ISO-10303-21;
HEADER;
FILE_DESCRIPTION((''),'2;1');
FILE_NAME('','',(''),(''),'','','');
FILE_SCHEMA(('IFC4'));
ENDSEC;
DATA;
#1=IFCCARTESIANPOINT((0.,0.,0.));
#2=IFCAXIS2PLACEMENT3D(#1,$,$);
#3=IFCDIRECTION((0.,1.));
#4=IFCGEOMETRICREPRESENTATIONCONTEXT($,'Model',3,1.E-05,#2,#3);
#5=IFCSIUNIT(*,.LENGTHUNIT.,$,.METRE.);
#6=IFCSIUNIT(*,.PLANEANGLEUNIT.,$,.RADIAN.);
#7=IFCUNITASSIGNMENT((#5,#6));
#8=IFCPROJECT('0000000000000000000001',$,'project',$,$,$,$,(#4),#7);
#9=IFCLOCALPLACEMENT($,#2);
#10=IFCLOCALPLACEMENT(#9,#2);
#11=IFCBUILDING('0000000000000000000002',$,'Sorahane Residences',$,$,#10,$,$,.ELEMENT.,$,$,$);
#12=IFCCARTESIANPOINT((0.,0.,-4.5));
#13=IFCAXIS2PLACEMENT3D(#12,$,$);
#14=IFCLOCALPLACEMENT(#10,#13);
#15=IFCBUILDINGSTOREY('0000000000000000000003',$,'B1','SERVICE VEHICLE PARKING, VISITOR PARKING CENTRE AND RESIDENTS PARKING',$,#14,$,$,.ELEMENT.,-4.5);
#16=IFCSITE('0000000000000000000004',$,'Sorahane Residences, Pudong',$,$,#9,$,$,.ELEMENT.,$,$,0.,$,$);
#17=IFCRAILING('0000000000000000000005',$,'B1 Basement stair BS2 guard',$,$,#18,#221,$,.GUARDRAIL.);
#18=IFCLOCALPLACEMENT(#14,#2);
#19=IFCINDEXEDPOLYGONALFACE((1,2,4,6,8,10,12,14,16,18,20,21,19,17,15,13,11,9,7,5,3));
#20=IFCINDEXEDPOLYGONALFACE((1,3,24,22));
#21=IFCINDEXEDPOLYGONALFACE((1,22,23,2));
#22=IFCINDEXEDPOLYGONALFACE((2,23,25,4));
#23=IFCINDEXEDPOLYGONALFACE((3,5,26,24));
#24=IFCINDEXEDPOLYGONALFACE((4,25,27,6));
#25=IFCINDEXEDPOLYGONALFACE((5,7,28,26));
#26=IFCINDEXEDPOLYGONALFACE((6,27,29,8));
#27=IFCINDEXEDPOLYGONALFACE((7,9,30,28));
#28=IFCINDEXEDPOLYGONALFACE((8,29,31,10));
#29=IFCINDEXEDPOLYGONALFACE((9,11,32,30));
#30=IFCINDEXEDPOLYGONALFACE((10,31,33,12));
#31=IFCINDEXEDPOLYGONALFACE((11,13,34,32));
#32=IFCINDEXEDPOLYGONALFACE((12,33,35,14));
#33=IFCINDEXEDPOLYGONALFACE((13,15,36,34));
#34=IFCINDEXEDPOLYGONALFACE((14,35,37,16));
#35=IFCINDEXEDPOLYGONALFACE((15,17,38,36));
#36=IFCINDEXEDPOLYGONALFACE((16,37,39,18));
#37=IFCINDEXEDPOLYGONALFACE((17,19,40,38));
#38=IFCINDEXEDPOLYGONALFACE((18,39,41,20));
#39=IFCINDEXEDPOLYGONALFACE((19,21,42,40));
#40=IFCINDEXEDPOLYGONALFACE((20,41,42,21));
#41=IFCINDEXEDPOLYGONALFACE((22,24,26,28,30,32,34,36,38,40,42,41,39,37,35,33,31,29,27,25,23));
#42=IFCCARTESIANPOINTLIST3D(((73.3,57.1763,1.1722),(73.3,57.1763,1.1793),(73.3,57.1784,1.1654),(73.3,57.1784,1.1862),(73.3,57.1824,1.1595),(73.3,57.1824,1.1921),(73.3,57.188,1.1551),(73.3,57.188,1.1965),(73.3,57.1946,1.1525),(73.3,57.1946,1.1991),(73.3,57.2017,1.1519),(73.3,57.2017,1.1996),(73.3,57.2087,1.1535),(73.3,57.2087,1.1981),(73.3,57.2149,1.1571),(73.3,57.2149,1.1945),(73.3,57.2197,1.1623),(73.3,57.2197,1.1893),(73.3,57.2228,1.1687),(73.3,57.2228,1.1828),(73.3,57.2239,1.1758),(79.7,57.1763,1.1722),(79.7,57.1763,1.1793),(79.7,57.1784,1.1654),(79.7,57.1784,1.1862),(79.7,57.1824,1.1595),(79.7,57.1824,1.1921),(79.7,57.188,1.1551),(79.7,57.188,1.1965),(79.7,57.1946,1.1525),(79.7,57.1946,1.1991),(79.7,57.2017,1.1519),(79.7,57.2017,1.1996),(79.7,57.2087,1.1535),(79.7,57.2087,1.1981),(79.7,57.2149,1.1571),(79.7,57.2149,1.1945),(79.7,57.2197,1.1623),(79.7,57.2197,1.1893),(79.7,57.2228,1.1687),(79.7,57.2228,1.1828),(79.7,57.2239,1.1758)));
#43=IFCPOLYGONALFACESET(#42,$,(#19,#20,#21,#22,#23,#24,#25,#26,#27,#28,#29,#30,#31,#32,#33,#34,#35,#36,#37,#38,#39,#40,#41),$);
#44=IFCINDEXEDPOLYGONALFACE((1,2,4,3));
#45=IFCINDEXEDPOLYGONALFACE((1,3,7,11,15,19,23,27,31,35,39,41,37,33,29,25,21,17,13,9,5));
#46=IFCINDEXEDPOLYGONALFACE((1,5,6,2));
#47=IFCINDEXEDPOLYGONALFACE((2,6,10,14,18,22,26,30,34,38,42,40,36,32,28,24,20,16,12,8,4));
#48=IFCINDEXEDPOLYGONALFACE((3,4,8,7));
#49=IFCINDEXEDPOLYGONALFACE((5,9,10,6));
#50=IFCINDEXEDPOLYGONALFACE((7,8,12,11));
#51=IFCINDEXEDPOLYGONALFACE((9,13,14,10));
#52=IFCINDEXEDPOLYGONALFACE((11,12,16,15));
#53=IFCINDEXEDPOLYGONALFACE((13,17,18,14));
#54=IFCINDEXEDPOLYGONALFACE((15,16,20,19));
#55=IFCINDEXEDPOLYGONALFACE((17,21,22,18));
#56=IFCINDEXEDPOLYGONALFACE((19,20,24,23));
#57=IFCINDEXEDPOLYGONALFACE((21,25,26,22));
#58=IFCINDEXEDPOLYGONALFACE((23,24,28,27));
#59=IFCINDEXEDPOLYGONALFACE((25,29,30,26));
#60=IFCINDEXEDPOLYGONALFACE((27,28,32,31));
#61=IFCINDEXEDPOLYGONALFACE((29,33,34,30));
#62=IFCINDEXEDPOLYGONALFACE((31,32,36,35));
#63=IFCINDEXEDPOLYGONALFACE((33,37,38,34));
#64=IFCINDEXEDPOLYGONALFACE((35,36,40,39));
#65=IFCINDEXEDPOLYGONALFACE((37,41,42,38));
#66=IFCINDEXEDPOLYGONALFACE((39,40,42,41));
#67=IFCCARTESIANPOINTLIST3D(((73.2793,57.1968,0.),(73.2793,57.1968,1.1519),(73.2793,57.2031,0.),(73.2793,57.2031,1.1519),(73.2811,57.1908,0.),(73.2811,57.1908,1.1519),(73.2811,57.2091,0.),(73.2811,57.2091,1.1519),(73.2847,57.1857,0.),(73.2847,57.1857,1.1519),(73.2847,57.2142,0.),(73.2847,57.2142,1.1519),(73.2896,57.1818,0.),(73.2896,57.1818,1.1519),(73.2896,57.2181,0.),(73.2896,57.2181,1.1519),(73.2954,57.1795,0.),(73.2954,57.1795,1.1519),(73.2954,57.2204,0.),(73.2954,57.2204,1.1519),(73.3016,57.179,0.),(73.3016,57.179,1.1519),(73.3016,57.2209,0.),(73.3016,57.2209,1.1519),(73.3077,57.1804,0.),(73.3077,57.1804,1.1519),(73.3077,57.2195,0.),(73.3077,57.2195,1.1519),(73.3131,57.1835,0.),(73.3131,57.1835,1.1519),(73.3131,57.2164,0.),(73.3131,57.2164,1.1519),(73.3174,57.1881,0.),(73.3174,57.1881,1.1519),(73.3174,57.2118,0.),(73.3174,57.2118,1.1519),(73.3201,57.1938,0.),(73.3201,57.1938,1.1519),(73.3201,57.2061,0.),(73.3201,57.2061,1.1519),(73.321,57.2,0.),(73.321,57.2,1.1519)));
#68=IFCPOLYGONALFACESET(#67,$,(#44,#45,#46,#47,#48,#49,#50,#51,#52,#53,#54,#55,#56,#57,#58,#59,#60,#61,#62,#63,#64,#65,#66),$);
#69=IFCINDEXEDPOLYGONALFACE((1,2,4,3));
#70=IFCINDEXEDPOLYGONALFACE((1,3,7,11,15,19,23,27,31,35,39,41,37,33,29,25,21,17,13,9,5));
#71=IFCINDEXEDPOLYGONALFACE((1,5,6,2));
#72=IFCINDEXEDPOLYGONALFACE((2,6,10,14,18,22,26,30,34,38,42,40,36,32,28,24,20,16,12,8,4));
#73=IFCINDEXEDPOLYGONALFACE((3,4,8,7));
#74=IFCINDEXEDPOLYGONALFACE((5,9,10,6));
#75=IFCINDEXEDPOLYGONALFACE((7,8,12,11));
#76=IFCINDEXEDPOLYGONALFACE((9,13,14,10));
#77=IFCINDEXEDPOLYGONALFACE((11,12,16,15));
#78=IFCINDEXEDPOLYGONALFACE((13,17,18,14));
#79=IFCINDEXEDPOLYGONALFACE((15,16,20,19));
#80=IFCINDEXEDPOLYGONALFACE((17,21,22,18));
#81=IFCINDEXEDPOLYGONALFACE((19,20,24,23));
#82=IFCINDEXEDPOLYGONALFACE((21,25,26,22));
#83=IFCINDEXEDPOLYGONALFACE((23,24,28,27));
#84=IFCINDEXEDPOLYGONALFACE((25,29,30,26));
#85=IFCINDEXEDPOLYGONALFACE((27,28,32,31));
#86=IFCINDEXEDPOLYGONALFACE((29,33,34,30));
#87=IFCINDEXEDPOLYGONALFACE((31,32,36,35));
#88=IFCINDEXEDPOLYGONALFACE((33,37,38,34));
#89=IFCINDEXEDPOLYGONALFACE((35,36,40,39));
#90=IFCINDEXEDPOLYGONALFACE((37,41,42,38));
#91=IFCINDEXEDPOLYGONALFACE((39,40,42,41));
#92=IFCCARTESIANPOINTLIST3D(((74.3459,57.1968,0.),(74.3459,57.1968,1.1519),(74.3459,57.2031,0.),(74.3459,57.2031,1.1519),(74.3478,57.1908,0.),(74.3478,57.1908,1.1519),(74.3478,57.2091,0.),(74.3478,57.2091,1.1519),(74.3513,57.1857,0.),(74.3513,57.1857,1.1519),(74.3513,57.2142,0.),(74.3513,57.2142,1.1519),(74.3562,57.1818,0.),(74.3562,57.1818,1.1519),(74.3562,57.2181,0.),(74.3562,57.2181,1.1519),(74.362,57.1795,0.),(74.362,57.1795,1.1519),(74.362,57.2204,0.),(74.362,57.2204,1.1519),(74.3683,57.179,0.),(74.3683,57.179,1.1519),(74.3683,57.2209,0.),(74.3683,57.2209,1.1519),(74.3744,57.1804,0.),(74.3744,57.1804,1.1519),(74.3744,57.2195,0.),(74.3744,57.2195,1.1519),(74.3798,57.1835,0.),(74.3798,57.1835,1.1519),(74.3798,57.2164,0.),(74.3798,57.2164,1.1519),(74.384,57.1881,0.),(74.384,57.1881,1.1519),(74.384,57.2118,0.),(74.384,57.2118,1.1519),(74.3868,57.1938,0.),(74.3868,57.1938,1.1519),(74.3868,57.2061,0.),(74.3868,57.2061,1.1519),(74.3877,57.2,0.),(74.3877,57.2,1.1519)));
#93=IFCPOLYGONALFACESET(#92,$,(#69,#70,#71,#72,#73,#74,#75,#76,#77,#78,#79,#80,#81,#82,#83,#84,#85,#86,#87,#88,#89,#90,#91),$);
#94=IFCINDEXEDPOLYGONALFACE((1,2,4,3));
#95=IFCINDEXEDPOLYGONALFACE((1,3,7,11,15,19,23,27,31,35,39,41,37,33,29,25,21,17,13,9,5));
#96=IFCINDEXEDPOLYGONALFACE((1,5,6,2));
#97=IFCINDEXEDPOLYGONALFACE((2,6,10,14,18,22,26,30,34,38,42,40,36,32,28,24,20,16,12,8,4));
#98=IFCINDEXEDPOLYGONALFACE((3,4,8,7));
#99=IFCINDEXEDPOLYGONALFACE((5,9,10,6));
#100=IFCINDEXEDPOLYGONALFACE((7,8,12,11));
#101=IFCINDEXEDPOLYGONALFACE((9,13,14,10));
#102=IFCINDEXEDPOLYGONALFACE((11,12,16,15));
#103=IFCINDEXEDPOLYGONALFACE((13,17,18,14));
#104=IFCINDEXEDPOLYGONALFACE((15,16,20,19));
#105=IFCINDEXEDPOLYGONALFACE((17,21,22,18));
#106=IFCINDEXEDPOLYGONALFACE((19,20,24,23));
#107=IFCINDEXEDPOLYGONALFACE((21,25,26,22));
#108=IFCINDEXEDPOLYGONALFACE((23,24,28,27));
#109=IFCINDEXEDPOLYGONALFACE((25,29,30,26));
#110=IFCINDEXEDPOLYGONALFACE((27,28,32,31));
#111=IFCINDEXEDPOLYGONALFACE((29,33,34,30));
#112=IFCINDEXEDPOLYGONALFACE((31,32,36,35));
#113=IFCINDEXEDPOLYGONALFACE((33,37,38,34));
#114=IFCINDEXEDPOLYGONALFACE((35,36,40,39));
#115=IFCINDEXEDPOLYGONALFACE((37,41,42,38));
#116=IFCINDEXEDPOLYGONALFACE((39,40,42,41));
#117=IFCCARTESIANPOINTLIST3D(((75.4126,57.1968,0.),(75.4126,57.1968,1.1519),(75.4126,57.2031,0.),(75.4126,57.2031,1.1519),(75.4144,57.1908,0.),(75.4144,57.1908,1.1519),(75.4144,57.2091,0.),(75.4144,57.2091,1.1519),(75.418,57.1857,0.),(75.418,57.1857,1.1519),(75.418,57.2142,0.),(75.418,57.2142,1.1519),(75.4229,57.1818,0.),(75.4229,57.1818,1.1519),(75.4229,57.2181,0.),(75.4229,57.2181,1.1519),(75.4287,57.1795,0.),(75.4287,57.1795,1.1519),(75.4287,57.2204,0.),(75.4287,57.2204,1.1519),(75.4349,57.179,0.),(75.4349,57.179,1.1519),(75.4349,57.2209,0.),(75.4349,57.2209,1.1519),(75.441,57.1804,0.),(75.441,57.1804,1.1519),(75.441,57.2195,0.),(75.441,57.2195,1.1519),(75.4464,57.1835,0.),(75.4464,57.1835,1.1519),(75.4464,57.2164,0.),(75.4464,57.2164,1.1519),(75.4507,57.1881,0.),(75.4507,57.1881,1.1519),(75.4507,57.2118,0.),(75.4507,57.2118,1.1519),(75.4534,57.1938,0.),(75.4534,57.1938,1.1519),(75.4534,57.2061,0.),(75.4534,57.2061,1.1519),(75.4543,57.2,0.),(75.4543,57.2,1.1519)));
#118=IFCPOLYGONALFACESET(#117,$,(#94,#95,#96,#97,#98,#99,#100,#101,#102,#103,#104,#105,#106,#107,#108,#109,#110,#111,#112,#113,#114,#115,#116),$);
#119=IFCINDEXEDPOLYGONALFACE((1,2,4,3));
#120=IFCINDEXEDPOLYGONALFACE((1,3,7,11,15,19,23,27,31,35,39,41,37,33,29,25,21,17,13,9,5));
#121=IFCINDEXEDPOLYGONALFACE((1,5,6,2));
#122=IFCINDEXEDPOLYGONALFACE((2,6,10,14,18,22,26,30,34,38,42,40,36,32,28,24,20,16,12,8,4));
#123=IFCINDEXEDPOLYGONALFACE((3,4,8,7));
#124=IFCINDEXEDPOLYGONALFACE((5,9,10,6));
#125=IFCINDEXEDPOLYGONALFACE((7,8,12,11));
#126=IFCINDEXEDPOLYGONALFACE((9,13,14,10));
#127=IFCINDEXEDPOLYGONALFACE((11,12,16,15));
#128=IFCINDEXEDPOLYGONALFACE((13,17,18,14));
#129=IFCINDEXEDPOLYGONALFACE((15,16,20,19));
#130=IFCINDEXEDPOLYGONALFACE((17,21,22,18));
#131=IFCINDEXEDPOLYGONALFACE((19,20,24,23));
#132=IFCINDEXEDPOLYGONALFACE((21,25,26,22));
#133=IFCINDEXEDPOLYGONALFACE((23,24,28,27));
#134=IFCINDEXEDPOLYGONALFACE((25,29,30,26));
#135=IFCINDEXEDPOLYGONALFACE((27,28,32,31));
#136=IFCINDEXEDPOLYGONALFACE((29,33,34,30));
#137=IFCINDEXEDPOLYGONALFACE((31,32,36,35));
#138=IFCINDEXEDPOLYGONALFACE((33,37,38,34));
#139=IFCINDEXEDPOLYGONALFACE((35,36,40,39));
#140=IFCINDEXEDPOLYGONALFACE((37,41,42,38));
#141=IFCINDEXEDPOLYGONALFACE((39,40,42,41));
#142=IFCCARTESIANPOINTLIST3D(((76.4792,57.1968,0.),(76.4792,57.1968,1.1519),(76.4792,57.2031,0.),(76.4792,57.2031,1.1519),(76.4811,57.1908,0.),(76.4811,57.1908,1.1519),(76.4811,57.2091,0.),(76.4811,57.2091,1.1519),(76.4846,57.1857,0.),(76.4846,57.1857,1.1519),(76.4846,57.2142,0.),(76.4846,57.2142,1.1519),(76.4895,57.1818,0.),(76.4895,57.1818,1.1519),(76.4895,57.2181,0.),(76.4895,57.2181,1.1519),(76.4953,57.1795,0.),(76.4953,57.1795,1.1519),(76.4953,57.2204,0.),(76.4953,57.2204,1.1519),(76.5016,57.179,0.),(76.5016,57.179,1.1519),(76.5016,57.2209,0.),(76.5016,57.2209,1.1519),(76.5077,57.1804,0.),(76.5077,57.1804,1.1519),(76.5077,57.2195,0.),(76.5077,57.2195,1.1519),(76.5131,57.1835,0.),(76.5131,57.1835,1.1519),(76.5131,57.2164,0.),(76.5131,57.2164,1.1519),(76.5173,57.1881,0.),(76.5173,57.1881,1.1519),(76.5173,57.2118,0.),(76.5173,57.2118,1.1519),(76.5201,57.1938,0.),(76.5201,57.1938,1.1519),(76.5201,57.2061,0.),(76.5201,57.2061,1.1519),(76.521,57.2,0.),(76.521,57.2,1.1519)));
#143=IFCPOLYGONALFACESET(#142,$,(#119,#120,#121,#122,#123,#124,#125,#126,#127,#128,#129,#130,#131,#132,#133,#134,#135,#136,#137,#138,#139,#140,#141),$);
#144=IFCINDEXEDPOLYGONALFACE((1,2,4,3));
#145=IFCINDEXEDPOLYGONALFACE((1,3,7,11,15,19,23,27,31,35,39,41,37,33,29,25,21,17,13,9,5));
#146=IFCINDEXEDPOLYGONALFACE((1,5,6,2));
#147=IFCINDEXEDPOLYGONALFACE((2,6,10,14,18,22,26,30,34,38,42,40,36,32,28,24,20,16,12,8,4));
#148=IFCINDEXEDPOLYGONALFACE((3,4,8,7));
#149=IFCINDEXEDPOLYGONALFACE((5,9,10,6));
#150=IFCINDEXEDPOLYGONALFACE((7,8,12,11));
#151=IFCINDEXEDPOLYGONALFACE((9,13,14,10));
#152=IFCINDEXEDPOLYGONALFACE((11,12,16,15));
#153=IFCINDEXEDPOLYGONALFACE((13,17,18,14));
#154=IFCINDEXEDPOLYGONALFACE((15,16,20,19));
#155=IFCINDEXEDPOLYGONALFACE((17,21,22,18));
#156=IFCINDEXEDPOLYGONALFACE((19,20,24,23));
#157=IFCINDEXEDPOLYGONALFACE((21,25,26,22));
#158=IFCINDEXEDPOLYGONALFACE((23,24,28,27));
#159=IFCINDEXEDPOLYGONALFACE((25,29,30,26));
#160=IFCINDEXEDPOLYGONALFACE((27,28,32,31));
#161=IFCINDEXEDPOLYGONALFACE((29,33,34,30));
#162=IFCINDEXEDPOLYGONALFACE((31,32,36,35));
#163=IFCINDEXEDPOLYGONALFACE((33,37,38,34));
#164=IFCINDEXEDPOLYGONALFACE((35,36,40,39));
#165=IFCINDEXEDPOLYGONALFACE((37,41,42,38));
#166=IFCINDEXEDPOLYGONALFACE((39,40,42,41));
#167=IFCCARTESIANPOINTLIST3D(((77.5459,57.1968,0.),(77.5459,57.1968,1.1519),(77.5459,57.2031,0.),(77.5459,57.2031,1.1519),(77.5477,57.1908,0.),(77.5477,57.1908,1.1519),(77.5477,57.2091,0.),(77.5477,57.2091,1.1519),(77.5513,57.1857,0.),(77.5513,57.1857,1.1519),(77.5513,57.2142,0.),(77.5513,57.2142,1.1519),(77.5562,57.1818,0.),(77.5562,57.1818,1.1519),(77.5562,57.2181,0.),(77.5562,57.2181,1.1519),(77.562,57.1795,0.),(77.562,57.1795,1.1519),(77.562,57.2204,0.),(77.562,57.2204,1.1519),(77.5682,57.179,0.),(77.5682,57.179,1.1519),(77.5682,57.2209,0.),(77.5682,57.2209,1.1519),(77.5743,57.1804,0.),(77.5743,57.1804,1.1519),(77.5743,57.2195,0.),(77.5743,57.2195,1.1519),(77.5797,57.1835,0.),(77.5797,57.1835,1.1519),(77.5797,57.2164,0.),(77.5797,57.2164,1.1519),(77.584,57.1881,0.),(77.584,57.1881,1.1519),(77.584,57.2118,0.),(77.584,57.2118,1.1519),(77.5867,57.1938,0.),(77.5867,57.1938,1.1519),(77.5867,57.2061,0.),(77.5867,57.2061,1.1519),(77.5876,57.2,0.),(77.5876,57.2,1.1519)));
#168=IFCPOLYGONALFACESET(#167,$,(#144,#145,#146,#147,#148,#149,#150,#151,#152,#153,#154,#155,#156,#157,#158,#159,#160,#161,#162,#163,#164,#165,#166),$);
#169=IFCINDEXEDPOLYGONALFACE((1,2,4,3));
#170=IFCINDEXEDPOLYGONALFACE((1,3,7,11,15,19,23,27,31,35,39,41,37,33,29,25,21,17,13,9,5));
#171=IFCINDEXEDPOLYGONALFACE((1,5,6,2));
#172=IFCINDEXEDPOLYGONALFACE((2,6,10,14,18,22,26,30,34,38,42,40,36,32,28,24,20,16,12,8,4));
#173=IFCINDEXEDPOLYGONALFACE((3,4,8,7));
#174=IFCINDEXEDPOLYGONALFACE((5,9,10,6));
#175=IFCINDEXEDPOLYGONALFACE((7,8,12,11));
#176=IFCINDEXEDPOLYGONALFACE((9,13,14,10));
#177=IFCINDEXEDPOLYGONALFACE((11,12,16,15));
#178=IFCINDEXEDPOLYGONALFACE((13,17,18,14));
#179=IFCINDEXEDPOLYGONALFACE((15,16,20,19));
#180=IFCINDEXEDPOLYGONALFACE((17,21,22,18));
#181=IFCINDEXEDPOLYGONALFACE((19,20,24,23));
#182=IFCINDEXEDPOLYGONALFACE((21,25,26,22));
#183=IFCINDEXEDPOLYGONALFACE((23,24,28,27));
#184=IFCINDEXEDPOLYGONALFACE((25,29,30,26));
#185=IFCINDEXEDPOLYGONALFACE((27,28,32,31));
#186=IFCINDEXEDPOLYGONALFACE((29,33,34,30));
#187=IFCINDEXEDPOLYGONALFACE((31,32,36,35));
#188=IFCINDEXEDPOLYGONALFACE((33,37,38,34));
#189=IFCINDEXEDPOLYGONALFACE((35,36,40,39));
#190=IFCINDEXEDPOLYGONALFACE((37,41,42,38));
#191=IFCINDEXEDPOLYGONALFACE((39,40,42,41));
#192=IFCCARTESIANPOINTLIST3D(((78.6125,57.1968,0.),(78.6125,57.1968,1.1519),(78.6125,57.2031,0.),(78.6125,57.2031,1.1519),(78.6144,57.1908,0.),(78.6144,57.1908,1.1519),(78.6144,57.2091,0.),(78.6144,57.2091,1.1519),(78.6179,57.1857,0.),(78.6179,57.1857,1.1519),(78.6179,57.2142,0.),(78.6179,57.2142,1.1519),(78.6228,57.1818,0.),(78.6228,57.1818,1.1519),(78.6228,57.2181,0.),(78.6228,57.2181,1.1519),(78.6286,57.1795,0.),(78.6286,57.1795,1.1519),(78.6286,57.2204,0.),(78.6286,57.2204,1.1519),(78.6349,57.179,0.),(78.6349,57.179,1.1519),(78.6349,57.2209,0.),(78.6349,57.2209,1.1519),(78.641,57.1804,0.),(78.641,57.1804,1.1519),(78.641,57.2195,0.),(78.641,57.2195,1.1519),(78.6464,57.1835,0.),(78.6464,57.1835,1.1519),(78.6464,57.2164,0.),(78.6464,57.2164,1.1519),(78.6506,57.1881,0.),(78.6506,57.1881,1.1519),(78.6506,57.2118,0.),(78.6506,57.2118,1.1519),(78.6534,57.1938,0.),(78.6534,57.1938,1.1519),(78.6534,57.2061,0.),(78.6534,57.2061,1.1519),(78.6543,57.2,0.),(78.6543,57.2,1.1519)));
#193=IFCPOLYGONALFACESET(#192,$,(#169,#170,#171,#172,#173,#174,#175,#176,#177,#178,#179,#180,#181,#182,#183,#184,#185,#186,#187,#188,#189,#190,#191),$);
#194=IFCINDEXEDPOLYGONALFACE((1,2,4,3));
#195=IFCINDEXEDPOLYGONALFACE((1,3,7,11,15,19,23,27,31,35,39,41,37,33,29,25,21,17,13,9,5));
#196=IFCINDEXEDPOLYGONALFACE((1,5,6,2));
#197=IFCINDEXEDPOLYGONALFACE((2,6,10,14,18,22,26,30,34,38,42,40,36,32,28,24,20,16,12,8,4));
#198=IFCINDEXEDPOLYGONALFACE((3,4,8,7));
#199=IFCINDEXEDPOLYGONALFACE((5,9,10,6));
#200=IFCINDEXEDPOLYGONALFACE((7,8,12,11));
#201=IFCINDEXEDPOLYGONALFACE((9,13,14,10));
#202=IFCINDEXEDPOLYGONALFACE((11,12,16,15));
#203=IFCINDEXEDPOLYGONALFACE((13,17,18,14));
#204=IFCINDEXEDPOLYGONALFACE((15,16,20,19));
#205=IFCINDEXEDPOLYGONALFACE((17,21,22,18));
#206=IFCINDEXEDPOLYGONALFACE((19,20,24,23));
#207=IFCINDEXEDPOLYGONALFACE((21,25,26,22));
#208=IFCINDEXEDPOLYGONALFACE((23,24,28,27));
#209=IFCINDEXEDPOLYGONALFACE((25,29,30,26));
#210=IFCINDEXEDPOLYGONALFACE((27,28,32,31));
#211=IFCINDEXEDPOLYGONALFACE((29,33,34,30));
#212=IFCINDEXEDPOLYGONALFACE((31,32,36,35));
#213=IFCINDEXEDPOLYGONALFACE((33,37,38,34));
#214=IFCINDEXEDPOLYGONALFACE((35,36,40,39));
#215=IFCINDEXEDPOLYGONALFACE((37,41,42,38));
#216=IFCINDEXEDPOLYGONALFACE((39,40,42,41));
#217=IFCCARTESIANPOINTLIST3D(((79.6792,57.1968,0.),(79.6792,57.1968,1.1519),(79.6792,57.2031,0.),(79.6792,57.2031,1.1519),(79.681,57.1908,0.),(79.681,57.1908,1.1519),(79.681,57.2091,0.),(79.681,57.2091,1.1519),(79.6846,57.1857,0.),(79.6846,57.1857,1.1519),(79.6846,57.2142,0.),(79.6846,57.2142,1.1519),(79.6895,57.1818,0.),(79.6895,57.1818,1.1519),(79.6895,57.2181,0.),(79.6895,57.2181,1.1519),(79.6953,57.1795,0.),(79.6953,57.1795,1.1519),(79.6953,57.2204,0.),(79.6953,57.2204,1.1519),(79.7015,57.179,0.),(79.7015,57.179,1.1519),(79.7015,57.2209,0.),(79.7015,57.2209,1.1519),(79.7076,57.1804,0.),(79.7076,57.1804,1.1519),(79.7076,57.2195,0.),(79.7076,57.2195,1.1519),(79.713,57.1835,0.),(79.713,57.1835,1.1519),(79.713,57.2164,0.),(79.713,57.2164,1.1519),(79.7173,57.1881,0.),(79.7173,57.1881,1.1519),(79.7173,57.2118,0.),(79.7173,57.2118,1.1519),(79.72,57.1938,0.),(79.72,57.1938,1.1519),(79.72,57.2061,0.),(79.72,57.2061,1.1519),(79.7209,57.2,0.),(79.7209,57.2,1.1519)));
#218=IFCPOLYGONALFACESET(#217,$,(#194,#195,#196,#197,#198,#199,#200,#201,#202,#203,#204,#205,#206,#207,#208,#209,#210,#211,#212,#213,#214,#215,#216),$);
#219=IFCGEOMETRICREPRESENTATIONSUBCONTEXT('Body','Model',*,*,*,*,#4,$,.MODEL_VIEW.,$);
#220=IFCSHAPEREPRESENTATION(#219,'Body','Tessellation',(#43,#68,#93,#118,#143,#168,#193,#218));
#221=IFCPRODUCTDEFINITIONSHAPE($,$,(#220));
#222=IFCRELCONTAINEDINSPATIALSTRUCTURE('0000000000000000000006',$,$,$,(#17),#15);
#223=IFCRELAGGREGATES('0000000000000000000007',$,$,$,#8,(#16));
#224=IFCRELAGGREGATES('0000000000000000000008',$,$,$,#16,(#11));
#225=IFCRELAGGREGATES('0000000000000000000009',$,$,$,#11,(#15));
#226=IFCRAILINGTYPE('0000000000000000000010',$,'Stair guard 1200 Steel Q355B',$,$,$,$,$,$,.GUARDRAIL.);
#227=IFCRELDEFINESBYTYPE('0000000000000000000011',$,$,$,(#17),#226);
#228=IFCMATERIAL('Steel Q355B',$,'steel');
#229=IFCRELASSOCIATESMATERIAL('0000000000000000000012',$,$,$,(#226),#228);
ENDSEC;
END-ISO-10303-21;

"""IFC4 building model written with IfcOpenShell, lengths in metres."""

from ifc_helpers import new_model, si_unit, direction, frame, origin, origin_2d, place, context, subcontext, project, spatial, circle, extrude, material, type_object, element, save


model = new_model("IFC4")

# Units and contexts
model_context = context("Model", 3, precision=1e-05, world=origin(), true_north=direction((0.0, 1.0)))
body_context = subcontext(model_context, "Body", "Model", "MODEL_VIEW")
ifc_project = project(units=[si_unit("LENGTHUNIT", "METRE"), si_unit("PLANEANGLEUNIT", "RADIAN")], contexts=[model_context])

# Site, building, storey
site_placement = place(None, origin())
site = spatial("IfcSite", under=ifc_project, at=site_placement, Name="Sorahane Residences, Pudong", CompositionType="ELEMENT", RefElevation=0.0)
building_placement = place(site_placement, origin())
building = spatial("IfcBuilding", under=site, at=building_placement, Name="Sorahane Residences", CompositionType="ELEMENT")
storey_placement = place(building_placement, frame((0.0, 0.0, -4.5)))
storey = spatial("IfcBuildingStorey", under=building, at=storey_placement, Name="B1", Description="SERVICE VEHICLE PARKING, VISITOR PARKING CENTRE AND RESIDENTS PARKING", CompositionType="ELEMENT", Elevation=-4.5)

# Railing
ifc_material_1 = material(Name="Steel Q355B", Category="steel")
railing_type_1 = type_object("IfcRailingType", Name="Stair guard 1200 Steel Q355B", PredefinedType="GUARDRAIL", material=ifc_material_1)
railing_1_placement = place(storey_placement, frame((73.3, 57.2, 0.0)))
element("IfcRailing", 1, at=railing_1_placement, inside=storey, type_object=railing_type_1, Name="B1 Basement stair BS2 guard", PredefinedType="GUARDRAIL", context=body_context, shape_type="SweptSolid", body=[
    extrude(circle(Radius=0.0239, at=origin_2d()), frame((0.0, 0.0, 1.1758), z_axis=(1.0, 0.0, 0.0), x_axis=(0.0, 1.0, 0.0)), (0.0, 0.0, 1.0), 6.3999),
    extrude(circle(Radius=0.021, at=origin_2d()), origin(), (0.0, 0.0, 1.0), 1.1519),
    extrude(circle(Radius=0.021, at=origin_2d()), frame((1.0667, 0.0, 0.0)), (0.0, 0.0, 1.0), 1.1519),
    extrude(circle(Radius=0.021, at=origin_2d()), frame((2.1333, 0.0, 0.0)), (0.0, 0.0, 1.0), 1.1519),
    extrude(circle(Radius=0.021, at=origin_2d()), frame((3.2, 0.0, 0.0)), (0.0, 0.0, 1.0), 1.1519),
    extrude(circle(Radius=0.021, at=origin_2d()), frame((4.2666, 0.0, 0.0)), (0.0, 0.0, 1.0), 1.1519),
    extrude(circle(Radius=0.021, at=origin_2d()), frame((5.3333, 0.0, 0.0)), (0.0, 0.0, 1.0), 1.1519),
    extrude(circle(Radius=0.021, at=origin_2d()), frame((6.3999, 0.0, 0.0)), (0.0, 0.0, 1.0), 1.1519),
])

save(model, "model.ifc")
